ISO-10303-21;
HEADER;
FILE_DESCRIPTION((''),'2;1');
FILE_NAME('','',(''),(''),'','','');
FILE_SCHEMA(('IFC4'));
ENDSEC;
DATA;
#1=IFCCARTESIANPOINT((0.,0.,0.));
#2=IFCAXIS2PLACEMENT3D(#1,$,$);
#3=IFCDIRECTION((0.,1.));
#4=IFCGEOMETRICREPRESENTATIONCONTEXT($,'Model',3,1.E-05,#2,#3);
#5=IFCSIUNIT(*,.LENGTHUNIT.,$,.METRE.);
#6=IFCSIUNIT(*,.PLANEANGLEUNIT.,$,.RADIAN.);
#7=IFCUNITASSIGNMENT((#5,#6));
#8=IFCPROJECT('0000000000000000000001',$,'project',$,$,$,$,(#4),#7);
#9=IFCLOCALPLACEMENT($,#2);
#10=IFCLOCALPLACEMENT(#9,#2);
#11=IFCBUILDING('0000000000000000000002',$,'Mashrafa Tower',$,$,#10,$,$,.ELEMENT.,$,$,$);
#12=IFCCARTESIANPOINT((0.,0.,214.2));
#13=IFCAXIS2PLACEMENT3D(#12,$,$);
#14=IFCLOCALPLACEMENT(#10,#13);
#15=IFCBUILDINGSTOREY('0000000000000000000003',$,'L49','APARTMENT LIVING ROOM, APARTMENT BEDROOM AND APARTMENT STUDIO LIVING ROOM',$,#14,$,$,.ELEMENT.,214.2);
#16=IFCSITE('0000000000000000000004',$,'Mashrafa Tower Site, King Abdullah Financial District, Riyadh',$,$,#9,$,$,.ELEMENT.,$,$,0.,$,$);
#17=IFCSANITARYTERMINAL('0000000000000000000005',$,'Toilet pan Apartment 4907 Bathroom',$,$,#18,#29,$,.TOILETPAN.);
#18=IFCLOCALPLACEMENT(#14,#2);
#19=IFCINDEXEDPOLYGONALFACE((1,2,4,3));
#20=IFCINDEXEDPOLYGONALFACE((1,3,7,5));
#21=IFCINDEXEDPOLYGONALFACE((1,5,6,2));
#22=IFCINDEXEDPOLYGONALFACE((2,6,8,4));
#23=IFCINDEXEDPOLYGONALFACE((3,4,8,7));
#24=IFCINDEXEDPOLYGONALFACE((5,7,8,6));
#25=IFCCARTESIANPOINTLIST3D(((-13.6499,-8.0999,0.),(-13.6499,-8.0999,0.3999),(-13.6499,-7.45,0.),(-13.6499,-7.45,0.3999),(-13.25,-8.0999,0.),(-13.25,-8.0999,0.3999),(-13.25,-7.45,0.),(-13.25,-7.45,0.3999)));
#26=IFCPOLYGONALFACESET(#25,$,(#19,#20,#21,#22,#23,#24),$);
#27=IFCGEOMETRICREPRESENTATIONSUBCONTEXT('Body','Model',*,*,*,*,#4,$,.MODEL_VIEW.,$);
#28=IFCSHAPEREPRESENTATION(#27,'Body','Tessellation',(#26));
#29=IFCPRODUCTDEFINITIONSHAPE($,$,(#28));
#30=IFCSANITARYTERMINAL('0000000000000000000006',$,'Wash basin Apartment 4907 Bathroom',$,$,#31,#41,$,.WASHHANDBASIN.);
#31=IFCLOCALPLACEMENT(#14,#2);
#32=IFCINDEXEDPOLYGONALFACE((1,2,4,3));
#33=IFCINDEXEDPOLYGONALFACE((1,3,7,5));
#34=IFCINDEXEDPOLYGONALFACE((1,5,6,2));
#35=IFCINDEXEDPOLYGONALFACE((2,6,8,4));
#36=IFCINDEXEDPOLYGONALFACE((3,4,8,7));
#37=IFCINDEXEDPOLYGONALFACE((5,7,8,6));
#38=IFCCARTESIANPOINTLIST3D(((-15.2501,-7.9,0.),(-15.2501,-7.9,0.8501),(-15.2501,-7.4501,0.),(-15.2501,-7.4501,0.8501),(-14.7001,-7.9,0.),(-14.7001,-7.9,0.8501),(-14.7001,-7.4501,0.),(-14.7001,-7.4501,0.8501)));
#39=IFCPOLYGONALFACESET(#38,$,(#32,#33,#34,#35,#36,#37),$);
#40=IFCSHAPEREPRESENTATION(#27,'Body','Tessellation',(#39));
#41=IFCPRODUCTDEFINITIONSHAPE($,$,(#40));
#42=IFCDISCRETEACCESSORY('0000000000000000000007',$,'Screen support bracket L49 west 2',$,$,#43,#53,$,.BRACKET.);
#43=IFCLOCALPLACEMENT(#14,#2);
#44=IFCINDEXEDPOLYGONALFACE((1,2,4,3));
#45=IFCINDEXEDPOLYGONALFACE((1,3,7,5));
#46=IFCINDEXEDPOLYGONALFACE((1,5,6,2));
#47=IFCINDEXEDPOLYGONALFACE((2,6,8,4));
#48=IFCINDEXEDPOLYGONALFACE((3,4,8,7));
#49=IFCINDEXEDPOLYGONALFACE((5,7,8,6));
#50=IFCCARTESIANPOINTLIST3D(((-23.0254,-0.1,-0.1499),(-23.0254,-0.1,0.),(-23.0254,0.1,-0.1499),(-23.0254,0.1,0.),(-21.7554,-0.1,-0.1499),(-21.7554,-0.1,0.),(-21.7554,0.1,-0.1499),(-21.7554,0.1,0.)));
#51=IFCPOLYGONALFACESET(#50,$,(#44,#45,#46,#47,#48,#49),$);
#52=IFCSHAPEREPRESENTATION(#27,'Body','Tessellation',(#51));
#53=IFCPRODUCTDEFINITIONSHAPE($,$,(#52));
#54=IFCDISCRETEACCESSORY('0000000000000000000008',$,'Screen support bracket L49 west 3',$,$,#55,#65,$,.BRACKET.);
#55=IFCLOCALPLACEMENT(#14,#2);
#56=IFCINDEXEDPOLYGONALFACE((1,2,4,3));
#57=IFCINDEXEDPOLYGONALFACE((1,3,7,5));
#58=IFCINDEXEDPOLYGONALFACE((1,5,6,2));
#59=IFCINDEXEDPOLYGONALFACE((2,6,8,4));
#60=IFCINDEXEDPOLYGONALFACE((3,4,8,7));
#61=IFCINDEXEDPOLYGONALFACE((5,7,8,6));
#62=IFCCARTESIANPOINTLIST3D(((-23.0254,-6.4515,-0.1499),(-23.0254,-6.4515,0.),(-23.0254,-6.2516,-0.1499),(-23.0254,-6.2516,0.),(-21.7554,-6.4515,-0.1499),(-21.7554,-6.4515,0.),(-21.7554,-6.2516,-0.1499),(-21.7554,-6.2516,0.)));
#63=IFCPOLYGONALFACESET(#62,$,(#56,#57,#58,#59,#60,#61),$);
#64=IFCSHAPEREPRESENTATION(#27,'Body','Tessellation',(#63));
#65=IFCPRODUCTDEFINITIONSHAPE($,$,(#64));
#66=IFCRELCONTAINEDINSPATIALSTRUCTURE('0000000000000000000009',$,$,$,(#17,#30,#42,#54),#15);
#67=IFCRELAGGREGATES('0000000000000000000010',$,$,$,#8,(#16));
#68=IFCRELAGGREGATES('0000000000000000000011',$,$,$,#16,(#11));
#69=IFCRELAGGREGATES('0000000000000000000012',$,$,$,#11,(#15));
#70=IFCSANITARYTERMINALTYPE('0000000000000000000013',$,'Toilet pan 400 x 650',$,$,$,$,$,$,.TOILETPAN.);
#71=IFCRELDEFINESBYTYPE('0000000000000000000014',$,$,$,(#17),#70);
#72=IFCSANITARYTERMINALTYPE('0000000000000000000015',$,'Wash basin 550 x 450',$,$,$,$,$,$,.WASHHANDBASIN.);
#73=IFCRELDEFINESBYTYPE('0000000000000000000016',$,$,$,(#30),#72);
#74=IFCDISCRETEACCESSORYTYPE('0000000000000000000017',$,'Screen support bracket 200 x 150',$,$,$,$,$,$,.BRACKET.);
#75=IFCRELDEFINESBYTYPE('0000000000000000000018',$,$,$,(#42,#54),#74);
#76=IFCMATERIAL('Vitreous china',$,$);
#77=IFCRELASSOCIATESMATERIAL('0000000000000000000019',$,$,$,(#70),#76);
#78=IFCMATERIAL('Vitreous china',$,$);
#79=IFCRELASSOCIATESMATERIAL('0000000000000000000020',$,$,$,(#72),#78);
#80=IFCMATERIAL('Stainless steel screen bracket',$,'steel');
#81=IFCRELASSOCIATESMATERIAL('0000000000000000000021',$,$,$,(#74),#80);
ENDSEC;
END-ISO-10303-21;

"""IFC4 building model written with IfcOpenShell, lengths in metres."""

from ifc_helpers import new_model, si_unit, direction, frame, origin, origin_2d, place, context, subcontext, project, spatial, rectangle, extrude, source, transform, mapped, material, type_object, type_shapes, element, save


model = new_model("IFC4")

# Units and contexts
model_context = context("Model", 3, precision=1e-05, world=origin(), true_north=direction((0.0, 1.0)))
body_context = subcontext(model_context, "Body", "Model", "MODEL_VIEW")
ifc_project = project(units=[si_unit("LENGTHUNIT", "METRE"), si_unit("PLANEANGLEUNIT", "RADIAN")], contexts=[model_context])

# Site, building, storey
site_placement = place(None, origin())
site = spatial("IfcSite", under=ifc_project, at=site_placement, Name="Mashrafa Tower Site, King Abdullah Financial District, Riyadh", CompositionType="ELEMENT", RefElevation=0.0)
building_placement = place(site_placement, origin())
building = spatial("IfcBuilding", under=site, at=building_placement, Name="Mashrafa Tower", CompositionType="ELEMENT")
storey_placement = place(building_placement, frame((0.0, 0.0, 214.2)))
storey = spatial("IfcBuildingStorey", under=building, at=storey_placement, Name="L49", Description="APARTMENT LIVING ROOM, APARTMENT BEDROOM AND APARTMENT STUDIO LIVING ROOM", CompositionType="ELEMENT", Elevation=214.2)

# Sanitary terminals
ifc_material_1 = material(Name="Vitreous china")
sanitary_terminal_type_1 = type_object("IfcSanitaryTerminalType", Name="Toilet pan 400 x 650", PredefinedType="TOILETPAN", material=ifc_material_1)
sanitary_terminal_1_placement = place(storey_placement, frame((-13.45, -7.7749, 0.0), z_axis=(0.0, 0.0, 1.0), x_axis=(-1.0, 0.0, 0.0)))
element("IfcSanitaryTerminal", 1, at=sanitary_terminal_1_placement, inside=storey, type_object=sanitary_terminal_type_1, Name="Toilet pan Apartment 4907 Bathroom", PredefinedType="TOILETPAN", context=body_context, shape_type="SweptSolid", body=[
    extrude(rectangle(XDim=0.3999, YDim=0.6499, at=origin_2d()), origin(), (0.0, 0.0, 1.0), 0.3999),
])
ifc_material_2 = material(Name="Vitreous china")
sanitary_terminal_type_2 = type_object("IfcSanitaryTerminalType", Name="Wash basin 550 x 450", PredefinedType="WASHHANDBASIN", material=ifc_material_2)
sanitary_terminal_2_placement = place(storey_placement, frame((-14.9751, -7.675, 0.0), z_axis=(0.0, 0.0, 1.0), x_axis=(-1.0, 0.0, 0.0)))
element("IfcSanitaryTerminal", 2, at=sanitary_terminal_2_placement, inside=storey, type_object=sanitary_terminal_type_2, Name="Wash basin Apartment 4907 Bathroom", PredefinedType="WASHHANDBASIN", context=body_context, shape_type="SweptSolid", body=[
    extrude(rectangle(XDim=0.55, YDim=0.45, at=origin_2d()), origin(), (0.0, 0.0, 1.0), 0.8501),
])

# Discrete accessories
ifc_material_3 = material(Name="Stainless steel screen bracket", Category="steel")
discrete_accessory_type = type_object("IfcDiscreteAccessoryType", Name="Screen support bracket 200 x 150", PredefinedType="BRACKET", material=ifc_material_3)
shared_shape_1 = source(origin(), body_context, "Body", "SweptSolid", [
    extrude(rectangle(XDim=0.2, YDim=1.27, at=origin_2d()), origin(), (0.0, 0.0, 1.0), 0.1499),
])
type_shapes(discrete_accessory_type, [shared_shape_1])
for number, where, z_axis, x_axis, name in (
    (3, (-22.3904, 0.0, -0.1499), (0.0, 0.0, 1.0), (0.0, -1.0, 0.0), "Screen support bracket L49 west 2"),
    (4, (-22.3904, -6.3516, -0.1499), (0.0, 0.0, 1.0), (0.0, -1.0, 0.0), "Screen support bracket L49 west 3"),
):
    element("IfcDiscreteAccessory", number, at=place(storey_placement, frame(where, z_axis=z_axis, x_axis=x_axis)), inside=storey, type_object=discrete_accessory_type, Name=name, PredefinedType="BRACKET", context=body_context, shape_type="MappedRepresentation", body=[
        mapped(shared_shape_1, transform((0.0, 0.0, 0.0))),
    ])

save(model, "model.ifc")
